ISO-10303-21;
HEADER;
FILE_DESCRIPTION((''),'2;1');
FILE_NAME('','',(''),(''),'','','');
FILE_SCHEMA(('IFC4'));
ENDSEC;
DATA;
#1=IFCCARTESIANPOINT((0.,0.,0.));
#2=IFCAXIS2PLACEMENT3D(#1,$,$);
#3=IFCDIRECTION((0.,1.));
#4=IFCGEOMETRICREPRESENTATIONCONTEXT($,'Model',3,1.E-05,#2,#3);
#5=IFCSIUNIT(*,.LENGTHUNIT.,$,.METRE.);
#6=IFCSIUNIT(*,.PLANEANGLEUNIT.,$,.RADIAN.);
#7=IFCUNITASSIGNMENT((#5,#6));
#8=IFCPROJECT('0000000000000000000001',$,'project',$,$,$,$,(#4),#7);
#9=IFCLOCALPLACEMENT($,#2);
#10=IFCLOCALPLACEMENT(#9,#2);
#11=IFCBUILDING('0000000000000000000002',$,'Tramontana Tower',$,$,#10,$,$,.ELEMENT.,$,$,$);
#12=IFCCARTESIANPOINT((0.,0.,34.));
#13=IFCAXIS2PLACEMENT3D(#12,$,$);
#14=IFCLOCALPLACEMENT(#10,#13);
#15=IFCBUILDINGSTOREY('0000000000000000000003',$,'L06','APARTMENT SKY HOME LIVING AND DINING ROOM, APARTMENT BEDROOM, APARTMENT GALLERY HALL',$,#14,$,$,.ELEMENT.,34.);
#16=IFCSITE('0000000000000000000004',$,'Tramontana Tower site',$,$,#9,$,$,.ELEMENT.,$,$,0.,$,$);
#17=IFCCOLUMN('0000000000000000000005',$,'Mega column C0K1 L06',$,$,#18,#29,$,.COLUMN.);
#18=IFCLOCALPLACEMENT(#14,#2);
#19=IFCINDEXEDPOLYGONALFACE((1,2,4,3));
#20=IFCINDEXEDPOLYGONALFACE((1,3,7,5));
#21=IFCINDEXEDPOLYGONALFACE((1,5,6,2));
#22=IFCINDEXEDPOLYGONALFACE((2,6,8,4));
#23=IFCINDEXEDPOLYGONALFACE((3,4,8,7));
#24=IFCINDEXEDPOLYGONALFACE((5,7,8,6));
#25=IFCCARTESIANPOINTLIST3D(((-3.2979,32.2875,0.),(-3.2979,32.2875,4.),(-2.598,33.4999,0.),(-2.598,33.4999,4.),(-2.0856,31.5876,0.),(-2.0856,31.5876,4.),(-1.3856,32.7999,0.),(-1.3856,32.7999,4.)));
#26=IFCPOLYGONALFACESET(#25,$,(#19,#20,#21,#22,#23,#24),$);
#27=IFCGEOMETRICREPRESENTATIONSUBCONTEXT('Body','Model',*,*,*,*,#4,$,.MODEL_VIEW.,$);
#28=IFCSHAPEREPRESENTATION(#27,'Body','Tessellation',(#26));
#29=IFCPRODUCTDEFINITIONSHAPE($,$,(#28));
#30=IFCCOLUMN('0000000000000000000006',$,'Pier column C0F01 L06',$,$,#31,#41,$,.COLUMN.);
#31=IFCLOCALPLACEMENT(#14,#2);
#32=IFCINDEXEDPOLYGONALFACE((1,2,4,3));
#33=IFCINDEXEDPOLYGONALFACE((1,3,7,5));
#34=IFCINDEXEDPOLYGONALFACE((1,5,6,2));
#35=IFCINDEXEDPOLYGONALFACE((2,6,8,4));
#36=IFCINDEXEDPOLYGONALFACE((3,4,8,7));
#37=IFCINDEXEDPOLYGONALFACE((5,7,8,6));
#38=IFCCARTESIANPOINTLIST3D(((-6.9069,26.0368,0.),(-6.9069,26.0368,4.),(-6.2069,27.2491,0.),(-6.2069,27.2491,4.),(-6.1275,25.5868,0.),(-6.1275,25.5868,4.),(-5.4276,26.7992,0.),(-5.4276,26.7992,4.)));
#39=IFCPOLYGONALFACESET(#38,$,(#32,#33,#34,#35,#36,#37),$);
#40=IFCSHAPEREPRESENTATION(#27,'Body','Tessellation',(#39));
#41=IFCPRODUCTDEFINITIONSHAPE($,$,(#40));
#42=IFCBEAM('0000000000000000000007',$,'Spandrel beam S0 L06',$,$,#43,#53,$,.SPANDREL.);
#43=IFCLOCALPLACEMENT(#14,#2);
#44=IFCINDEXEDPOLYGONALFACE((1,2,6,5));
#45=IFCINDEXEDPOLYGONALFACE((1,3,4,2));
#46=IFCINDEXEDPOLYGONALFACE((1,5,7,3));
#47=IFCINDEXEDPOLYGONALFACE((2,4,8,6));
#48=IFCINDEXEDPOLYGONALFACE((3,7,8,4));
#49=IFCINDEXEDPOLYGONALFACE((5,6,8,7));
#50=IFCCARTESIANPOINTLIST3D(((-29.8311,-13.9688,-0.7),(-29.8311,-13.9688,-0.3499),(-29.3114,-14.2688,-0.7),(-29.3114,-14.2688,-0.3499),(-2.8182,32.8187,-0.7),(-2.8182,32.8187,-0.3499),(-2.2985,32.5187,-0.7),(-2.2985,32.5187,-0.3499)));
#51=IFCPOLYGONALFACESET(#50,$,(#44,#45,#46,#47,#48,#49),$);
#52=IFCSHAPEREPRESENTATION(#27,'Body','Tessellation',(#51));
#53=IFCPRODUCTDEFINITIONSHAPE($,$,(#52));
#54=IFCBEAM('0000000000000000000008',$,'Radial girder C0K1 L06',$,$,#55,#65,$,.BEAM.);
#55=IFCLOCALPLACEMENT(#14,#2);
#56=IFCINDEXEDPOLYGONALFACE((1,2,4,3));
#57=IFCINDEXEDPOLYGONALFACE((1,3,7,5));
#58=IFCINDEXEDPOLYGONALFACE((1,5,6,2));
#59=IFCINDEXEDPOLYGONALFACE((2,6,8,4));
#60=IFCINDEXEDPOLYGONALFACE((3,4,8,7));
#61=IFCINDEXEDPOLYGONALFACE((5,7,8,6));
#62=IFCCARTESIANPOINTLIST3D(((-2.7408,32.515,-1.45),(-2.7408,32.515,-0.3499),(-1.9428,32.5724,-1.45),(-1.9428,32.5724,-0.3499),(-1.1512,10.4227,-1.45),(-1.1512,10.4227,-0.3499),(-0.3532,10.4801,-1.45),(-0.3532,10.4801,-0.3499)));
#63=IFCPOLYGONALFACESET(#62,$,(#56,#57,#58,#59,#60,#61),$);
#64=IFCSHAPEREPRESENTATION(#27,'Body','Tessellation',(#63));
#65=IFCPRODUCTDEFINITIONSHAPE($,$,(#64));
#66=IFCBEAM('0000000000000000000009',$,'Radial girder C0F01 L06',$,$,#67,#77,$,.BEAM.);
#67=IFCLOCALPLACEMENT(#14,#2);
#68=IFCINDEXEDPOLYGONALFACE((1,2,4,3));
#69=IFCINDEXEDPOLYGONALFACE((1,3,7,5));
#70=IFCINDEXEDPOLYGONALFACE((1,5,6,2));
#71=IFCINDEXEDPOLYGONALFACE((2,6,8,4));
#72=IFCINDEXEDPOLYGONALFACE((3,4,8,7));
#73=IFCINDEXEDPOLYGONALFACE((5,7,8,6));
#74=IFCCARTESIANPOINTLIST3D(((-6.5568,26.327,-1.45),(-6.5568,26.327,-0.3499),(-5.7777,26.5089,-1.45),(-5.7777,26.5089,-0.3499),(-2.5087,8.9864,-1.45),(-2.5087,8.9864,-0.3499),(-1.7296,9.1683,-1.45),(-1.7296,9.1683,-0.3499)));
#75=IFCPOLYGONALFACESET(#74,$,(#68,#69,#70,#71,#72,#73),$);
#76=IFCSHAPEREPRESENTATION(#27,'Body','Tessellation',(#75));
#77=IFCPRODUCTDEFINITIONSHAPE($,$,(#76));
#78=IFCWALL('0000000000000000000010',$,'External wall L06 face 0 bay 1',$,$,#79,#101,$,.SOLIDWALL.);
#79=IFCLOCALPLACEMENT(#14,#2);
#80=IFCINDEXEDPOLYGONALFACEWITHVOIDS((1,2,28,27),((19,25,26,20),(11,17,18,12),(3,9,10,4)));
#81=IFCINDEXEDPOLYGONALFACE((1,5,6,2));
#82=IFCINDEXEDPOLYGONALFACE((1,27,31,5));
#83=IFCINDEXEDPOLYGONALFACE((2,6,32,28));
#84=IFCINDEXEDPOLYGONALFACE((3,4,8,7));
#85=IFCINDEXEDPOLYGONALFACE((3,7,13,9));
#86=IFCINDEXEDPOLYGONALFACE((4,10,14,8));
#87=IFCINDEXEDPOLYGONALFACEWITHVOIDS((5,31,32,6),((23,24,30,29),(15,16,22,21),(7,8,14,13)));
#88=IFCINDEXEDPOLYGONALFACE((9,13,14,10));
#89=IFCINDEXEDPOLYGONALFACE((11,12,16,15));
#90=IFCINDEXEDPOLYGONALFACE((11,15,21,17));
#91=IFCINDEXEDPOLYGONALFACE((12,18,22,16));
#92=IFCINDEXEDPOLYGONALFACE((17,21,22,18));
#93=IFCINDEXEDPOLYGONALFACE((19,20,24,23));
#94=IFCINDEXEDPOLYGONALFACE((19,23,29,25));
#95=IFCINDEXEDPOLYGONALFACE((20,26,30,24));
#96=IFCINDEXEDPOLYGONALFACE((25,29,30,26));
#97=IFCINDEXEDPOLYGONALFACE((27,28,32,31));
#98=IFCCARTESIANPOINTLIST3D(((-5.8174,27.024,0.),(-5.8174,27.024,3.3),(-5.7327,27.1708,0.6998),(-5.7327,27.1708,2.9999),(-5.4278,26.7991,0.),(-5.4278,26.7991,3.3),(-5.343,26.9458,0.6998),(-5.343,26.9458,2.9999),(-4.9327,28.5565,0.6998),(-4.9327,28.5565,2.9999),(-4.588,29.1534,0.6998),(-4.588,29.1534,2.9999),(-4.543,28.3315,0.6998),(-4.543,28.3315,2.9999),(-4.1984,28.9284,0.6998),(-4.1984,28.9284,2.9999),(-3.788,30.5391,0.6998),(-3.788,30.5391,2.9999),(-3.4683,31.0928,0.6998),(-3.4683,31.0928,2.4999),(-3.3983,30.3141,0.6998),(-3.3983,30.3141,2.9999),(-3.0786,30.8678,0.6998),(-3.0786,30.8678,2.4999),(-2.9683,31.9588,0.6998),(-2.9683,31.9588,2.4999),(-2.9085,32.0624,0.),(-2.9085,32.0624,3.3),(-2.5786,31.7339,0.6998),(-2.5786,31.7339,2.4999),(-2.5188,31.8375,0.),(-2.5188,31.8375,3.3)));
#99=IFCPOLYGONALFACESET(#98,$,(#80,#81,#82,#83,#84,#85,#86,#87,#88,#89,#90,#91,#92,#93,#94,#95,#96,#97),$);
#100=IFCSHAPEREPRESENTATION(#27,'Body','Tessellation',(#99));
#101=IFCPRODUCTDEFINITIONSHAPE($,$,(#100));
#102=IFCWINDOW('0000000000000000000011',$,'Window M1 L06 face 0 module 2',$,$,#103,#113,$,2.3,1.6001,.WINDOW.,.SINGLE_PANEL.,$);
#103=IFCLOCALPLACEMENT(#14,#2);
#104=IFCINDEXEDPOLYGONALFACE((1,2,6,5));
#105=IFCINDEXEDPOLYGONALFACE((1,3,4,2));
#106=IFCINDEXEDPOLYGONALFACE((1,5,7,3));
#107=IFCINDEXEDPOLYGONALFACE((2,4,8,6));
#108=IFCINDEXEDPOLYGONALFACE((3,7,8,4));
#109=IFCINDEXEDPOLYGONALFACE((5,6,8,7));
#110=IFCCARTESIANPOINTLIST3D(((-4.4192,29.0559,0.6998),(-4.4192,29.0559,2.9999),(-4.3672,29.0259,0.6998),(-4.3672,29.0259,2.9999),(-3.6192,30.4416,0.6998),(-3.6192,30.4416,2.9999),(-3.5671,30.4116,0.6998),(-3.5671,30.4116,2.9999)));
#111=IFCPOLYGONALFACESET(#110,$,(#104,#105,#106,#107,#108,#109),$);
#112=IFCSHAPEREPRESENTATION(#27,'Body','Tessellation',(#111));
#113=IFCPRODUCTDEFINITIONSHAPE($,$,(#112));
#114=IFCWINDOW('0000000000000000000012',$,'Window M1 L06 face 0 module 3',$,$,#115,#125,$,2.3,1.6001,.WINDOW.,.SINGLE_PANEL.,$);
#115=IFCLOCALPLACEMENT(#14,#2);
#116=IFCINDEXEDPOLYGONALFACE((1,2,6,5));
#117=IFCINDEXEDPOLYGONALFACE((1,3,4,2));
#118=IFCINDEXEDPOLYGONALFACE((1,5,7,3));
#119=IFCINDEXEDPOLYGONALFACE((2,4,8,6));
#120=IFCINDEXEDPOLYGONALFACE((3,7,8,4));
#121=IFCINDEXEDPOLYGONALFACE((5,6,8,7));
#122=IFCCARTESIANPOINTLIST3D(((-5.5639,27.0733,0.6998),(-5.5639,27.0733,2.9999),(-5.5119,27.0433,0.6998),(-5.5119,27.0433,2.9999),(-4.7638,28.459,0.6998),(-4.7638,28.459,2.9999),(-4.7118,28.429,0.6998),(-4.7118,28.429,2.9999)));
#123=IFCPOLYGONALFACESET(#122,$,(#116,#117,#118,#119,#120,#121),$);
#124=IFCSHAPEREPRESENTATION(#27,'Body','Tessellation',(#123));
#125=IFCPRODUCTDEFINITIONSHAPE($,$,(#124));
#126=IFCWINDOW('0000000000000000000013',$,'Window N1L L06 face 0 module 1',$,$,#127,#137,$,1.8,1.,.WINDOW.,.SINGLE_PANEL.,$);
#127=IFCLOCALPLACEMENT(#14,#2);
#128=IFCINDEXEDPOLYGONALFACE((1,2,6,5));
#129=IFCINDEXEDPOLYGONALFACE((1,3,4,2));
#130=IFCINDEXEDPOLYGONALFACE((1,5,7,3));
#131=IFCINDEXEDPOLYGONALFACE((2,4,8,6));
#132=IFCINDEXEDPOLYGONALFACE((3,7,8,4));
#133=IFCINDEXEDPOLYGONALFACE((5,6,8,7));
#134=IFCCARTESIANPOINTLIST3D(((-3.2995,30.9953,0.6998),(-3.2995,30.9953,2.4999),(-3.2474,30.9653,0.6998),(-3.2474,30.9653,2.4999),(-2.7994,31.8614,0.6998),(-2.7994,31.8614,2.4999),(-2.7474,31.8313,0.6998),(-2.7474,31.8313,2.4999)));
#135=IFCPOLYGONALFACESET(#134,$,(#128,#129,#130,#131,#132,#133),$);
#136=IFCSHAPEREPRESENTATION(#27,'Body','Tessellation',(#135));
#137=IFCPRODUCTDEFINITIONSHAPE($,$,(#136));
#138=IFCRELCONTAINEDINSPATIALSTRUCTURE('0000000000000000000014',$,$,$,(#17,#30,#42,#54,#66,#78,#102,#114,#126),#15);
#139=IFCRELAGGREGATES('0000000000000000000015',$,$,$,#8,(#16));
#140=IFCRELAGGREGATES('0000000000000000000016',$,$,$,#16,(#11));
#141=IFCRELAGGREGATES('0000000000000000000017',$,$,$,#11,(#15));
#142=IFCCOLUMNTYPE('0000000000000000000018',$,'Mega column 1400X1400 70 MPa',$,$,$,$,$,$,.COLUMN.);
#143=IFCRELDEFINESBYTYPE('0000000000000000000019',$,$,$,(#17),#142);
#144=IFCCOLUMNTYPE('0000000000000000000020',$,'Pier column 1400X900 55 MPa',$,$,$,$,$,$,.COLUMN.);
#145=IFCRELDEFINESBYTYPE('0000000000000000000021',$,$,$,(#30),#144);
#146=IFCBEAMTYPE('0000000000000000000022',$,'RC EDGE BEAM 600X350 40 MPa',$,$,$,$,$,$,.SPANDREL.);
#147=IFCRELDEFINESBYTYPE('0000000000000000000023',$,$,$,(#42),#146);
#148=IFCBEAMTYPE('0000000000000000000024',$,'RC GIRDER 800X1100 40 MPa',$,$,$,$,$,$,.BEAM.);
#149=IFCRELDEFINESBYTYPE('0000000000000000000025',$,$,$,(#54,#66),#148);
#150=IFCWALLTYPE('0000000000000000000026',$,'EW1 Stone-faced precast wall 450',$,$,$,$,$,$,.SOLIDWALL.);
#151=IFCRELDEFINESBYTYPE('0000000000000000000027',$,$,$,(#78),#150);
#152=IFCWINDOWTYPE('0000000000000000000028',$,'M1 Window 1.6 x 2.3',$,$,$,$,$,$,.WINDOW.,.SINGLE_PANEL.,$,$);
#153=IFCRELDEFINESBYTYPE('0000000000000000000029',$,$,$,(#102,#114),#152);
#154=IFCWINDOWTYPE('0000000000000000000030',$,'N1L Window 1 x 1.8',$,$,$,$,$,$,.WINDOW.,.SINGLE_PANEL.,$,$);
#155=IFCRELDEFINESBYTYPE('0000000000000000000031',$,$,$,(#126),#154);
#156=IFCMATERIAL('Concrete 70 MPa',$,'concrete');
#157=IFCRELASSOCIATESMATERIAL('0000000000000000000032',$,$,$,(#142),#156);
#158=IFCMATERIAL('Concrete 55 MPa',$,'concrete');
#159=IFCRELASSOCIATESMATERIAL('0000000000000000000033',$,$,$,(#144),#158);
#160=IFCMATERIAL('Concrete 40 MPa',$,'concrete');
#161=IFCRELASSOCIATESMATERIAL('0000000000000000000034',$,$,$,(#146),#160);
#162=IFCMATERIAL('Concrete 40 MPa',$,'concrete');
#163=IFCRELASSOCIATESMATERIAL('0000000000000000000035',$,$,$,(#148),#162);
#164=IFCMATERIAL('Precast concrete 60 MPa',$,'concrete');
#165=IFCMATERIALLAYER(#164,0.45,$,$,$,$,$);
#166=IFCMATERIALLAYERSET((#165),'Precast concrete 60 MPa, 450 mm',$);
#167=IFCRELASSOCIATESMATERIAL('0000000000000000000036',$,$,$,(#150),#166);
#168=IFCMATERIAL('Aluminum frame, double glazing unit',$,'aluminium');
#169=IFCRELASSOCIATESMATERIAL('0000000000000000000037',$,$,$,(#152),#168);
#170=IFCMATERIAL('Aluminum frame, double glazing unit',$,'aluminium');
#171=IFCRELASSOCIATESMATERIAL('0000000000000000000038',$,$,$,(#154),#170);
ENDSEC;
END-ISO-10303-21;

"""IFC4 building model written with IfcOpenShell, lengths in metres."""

from ifc_helpers import new_model, si_unit, direction, frame, frame_2d, origin, origin_2d, place, context, subcontext, project, spatial, rectangle, extrude, material, layer, layer_set, material_profile, profile_set, type_object, element, fill, save


model = new_model("IFC4")

# Units and contexts
model_context = context("Model", 3, precision=1e-05, world=origin(), true_north=direction((0.0, 1.0)))
body_context = subcontext(model_context, "Body", "Model", "MODEL_VIEW")
ifc_project = project(units=[si_unit("LENGTHUNIT", "METRE"), si_unit("PLANEANGLEUNIT", "RADIAN")], contexts=[model_context])

# Site, building, storey
site_placement = place(None, origin())
site = spatial("IfcSite", under=ifc_project, at=site_placement, Name="Tramontana Tower site", CompositionType="ELEMENT", RefElevation=0.0)
building_placement = place(site_placement, origin())
building = spatial("IfcBuilding", under=site, at=building_placement, Name="Tramontana Tower", CompositionType="ELEMENT")
storey_placement = place(building_placement, frame((0.0, 0.0, 34.0)))
storey = spatial("IfcBuildingStorey", under=building, at=storey_placement, Name="L06", Description="APARTMENT SKY HOME LIVING AND DINING ROOM, APARTMENT BEDROOM, APARTMENT GALLERY HALL", CompositionType="ELEMENT", Elevation=34.0)

# Columns
ifc_material_1 = material(Name="Concrete 70 MPa", Category="concrete")
ifc_material_profile_1 = material_profile(ifc_material_1, rectangle(XDim=1.3999, YDim=1.3999, at=origin_2d()), Name="Mega column 1400X1400 70 MPa")
ifc_profile_set_1 = profile_set([ifc_material_profile_1], Name="Concrete 70 MPa")
column_type_1 = type_object("IfcColumnType", Name="Mega column 1400X1400 70 MPa", PredefinedType="COLUMN", material=ifc_profile_set_1)
column_1_placement = place(storey_placement, frame((-2.3418, 32.5437, 0.0), z_axis=(0.0, 0.0, 1.0), x_axis=(-0.5, -0.866025, 0.0)))
element("IfcColumn", 1, at=column_1_placement, inside=storey, type_object=column_type_1, Name="Mega column C0K1 L06", PredefinedType="COLUMN", context=body_context, shape_type="SweptSolid", body=[
    extrude(rectangle(XDim=1.3999, YDim=1.3999, at=origin_2d()), origin(), (0.0, 0.0, 1.0), 4.0),
])
ifc_material_2 = material(Name="Concrete 55 MPa", Category="concrete")
ifc_material_profile_2 = material_profile(ifc_material_2, rectangle(XDim=1.3999, YDim=0.8999, at=origin_2d()), Name="Pier column 1400X900 55 MPa")
ifc_profile_set_2 = profile_set([ifc_material_profile_2], Name="Concrete 55 MPa")
column_type_2 = type_object("IfcColumnType", Name="Pier column 1400X900 55 MPa", PredefinedType="COLUMN", material=ifc_profile_set_2)
column_2_placement = place(storey_placement, frame((-6.1672, 26.418, 0.0), z_axis=(0.0, 0.0, 1.0), x_axis=(-0.5, -0.866025, 0.0)))
element("IfcColumn", 2, at=column_2_placement, inside=storey, type_object=column_type_2, Name="Pier column C0F01 L06", PredefinedType="COLUMN", context=body_context, shape_type="SweptSolid", body=[
    extrude(rectangle(XDim=1.3999, YDim=0.8999, at=origin_2d()), origin(), (0.0, 0.0, 1.0), 4.0),
])

# Beams
ifc_material_3 = material(Name="Concrete 40 MPa", Category="concrete")
ifc_material_profile_3 = material_profile(ifc_material_3, rectangle(XDim=0.6001, YDim=0.3501, at=origin_2d()), Name="RC EDGE BEAM 600X350 40 MPa")
ifc_profile_set_3 = profile_set([ifc_material_profile_3], Name="Concrete 40 MPa")
beam_type_1 = type_object("IfcBeamType", Name="RC EDGE BEAM 600X350 40 MPa", PredefinedType="SPANDREL", material=ifc_profile_set_3)
beam_1_placement = place(storey_placement, frame((-2.5583, 32.6687, -0.5249), z_axis=(-0.500001, -0.866025, 0.0), x_axis=(0.866025, -0.500001, 0.0)))
element("IfcBeam", 3, at=beam_1_placement, inside=storey, type_object=beam_type_1, Name="Spandrel beam S0 L06", PredefinedType="SPANDREL", context=body_context, shape_type="SweptSolid", body=[
    extrude(rectangle(XDim=0.6001, YDim=0.3501, at=origin_2d()), origin(), (0.0, 0.0, 1.0), 54.0256),
])
ifc_material_4 = material(Name="Concrete 40 MPa", Category="concrete")
ifc_material_profile_4 = material_profile(ifc_material_4, rectangle(XDim=0.8, YDim=1.1001, at=origin_2d()), Name="RC GIRDER 800X1100 40 MPa")
ifc_profile_set_4 = profile_set([ifc_material_profile_4], Name="Concrete 40 MPa")
beam_type_2 = type_object("IfcBeamType", Name="RC GIRDER 800X1100 40 MPa", PredefinedType="BEAM", material=ifc_profile_set_4)
beam_2_placement = place(storey_placement, frame((-2.3418, 32.5437, -0.8999), z_axis=(0.071767, -0.997421, 0.0), x_axis=(0.997421, 0.071767, 0.0)))
element("IfcBeam", 4, at=beam_2_placement, inside=storey, type_object=beam_type_2, Name="Radial girder C0K1 L06", PredefinedType="BEAM", context=body_context, shape_type="SweptSolid", body=[
    extrude(rectangle(XDim=0.8, YDim=1.1001, at=origin_2d()), origin(), (0.0, 0.0, 1.0), 22.1494),
])
beam_3_placement = place(storey_placement, frame((-6.1672, 26.418, -0.8999), z_axis=(0.227334, -0.973817, 0.0), x_axis=(0.973817, 0.227334, 0.0)))
element("IfcBeam", 5, at=beam_3_placement, inside=storey, type_object=beam_type_2, Name="Radial girder C0F01 L06", PredefinedType="BEAM", context=body_context, shape_type="SweptSolid", body=[
    extrude(rectangle(XDim=0.8, YDim=1.1001, at=origin_2d()), origin(), (0.0, 0.0, 1.0), 17.8069),
])

# Wall, openings, windows
ifc_material_5 = material(Name="Precast concrete 60 MPa", Category="concrete")
ifc_layer_1 = layer(ifc_material_5, 0.45)
ifc_layer_set_1 = layer_set([ifc_layer_1], Name="Precast concrete 60 MPa, 450 mm")
wall_type_1 = type_object("IfcWallType", Name="EW1 Stone-faced precast wall 450", PredefinedType="SOLIDWALL", material=ifc_layer_set_1)
wall_1_placement = place(storey_placement, frame((-2.7136, 31.95, 0.0), z_axis=(0.0, 0.0, 1.0), x_axis=(-0.500007, -0.866021, 0.0)))
wall_1 = element("IfcWall", 6, at=wall_1_placement, inside=storey, type_object=wall_type_1, Name="External wall L06 face 0 bay 1", PredefinedType="SOLIDWALL", context=body_context, shape_type="SweptSolid", body=[
    extrude(rectangle(XDim=5.8179, YDim=0.45, at=frame_2d((2.9089, 0.0))), origin(), (0.0, 0.0, 1.0), 3.3),
])
opening_1_placement = place(wall_1_placement, frame((0.1196, 0.0, 0.7)))
opening_1 = element("IfcOpeningElement", 7, at=opening_1_placement, cuts=wall_1, PredefinedType="OPENING", context=body_context, shape_type="SweptSolid", body=[
    extrude(rectangle(XDim=1.0, YDim=1.8, at=frame_2d((0.5, 0.8999))), frame((0.0, 0.2349, 0.0), z_axis=(0.0, -1.0, 0.0), x_axis=(1.0, 0.0, 0.0)), (0.0, 0.0, 1.0), 0.47),
])
opening_2_placement = place(wall_1_placement, frame((1.759, 0.0, 0.7)))
opening_2 = element("IfcOpeningElement", 8, at=opening_2_placement, cuts=wall_1, PredefinedType="OPENING", context=body_context, shape_type="SweptSolid", body=[
    extrude(rectangle(XDim=1.6001, YDim=2.3, at=frame_2d((0.8, 1.1499))), frame((0.0, 0.2349, 0.0), z_axis=(0.0, -1.0, 0.0), x_axis=(1.0, 0.0, 0.0)), (0.0, 0.0, 1.0), 0.47),
])
opening_3_placement = place(wall_1_placement, frame((4.0483, 0.0, 0.7)))
opening_3 = element("IfcOpeningElement", 9, at=opening_3_placement, cuts=wall_1, PredefinedType="OPENING", context=body_context, shape_type="SweptSolid", body=[
    extrude(rectangle(XDim=1.6001, YDim=2.3, at=frame_2d((0.8, 1.1499))), frame((0.0, 0.2349, 0.0), z_axis=(0.0, -1.0, 0.0), x_axis=(1.0, 0.0, 0.0)), (0.0, 0.0, 1.0), 0.47),
])
ifc_material_6 = material(Name="Aluminum frame, double glazing unit", Category="aluminium")
window_type_1 = type_object("IfcWindowType", Name="M1 Window 1.6 x 2.3", PartitioningType="SINGLE_PANEL", PredefinedType="WINDOW", material=ifc_material_6)
window_1_placement = place(opening_2_placement, origin())
window_1 = element("IfcWindow", 10, at=window_1_placement, inside=storey, type_object=window_type_1, Name="Window M1 L06 face 0 module 2", OverallHeight=2.3, OverallWidth=1.6001, PartitioningType="SINGLE_PANEL", PredefinedType="WINDOW", context=body_context, shape_type="SweptSolid", body=[
    extrude(rectangle(XDim=1.6001, YDim=2.3, at=frame_2d((0.8, 1.1499))), frame((0.0, 0.03, 0.0), z_axis=(0.0, -1.0, 0.0), x_axis=(1.0, 0.0, 0.0)), (0.0, 0.0, 1.0), 0.0601),
])
fill(opening_2, window_1)
window_2_placement = place(opening_3_placement, origin())
window_2 = element("IfcWindow", 11, at=window_2_placement, inside=storey, type_object=window_type_1, Name="Window M1 L06 face 0 module 3", OverallHeight=2.3, OverallWidth=1.6001, PartitioningType="SINGLE_PANEL", PredefinedType="WINDOW", context=body_context, shape_type="SweptSolid", body=[
    extrude(rectangle(XDim=1.6001, YDim=2.3, at=frame_2d((0.8, 1.1499))), frame((0.0, 0.03, 0.0), z_axis=(0.0, -1.0, 0.0), x_axis=(1.0, 0.0, 0.0)), (0.0, 0.0, 1.0), 0.0601),
])
fill(opening_3, window_2)
ifc_material_7 = material(Name="Aluminum frame, double glazing unit", Category="aluminium")
window_type_2 = type_object("IfcWindowType", Name="N1L Window 1 x 1.8", PartitioningType="SINGLE_PANEL", PredefinedType="WINDOW", material=ifc_material_7)
window_3_placement = place(opening_1_placement, origin())
window_3 = element("IfcWindow", 12, at=window_3_placement, inside=storey, type_object=window_type_2, Name="Window N1L L06 face 0 module 1", OverallHeight=1.8, OverallWidth=1.0, PartitioningType="SINGLE_PANEL", PredefinedType="WINDOW", context=body_context, shape_type="SweptSolid", body=[
    extrude(rectangle(XDim=1.0, YDim=1.8, at=frame_2d((0.5, 0.8999))), frame((0.0, 0.03, 0.0), z_axis=(0.0, -1.0, 0.0), x_axis=(1.0, 0.0, 0.0)), (0.0, 0.0, 1.0), 0.0601),
])
fill(opening_1, window_3)

save(model, "model.ifc")
